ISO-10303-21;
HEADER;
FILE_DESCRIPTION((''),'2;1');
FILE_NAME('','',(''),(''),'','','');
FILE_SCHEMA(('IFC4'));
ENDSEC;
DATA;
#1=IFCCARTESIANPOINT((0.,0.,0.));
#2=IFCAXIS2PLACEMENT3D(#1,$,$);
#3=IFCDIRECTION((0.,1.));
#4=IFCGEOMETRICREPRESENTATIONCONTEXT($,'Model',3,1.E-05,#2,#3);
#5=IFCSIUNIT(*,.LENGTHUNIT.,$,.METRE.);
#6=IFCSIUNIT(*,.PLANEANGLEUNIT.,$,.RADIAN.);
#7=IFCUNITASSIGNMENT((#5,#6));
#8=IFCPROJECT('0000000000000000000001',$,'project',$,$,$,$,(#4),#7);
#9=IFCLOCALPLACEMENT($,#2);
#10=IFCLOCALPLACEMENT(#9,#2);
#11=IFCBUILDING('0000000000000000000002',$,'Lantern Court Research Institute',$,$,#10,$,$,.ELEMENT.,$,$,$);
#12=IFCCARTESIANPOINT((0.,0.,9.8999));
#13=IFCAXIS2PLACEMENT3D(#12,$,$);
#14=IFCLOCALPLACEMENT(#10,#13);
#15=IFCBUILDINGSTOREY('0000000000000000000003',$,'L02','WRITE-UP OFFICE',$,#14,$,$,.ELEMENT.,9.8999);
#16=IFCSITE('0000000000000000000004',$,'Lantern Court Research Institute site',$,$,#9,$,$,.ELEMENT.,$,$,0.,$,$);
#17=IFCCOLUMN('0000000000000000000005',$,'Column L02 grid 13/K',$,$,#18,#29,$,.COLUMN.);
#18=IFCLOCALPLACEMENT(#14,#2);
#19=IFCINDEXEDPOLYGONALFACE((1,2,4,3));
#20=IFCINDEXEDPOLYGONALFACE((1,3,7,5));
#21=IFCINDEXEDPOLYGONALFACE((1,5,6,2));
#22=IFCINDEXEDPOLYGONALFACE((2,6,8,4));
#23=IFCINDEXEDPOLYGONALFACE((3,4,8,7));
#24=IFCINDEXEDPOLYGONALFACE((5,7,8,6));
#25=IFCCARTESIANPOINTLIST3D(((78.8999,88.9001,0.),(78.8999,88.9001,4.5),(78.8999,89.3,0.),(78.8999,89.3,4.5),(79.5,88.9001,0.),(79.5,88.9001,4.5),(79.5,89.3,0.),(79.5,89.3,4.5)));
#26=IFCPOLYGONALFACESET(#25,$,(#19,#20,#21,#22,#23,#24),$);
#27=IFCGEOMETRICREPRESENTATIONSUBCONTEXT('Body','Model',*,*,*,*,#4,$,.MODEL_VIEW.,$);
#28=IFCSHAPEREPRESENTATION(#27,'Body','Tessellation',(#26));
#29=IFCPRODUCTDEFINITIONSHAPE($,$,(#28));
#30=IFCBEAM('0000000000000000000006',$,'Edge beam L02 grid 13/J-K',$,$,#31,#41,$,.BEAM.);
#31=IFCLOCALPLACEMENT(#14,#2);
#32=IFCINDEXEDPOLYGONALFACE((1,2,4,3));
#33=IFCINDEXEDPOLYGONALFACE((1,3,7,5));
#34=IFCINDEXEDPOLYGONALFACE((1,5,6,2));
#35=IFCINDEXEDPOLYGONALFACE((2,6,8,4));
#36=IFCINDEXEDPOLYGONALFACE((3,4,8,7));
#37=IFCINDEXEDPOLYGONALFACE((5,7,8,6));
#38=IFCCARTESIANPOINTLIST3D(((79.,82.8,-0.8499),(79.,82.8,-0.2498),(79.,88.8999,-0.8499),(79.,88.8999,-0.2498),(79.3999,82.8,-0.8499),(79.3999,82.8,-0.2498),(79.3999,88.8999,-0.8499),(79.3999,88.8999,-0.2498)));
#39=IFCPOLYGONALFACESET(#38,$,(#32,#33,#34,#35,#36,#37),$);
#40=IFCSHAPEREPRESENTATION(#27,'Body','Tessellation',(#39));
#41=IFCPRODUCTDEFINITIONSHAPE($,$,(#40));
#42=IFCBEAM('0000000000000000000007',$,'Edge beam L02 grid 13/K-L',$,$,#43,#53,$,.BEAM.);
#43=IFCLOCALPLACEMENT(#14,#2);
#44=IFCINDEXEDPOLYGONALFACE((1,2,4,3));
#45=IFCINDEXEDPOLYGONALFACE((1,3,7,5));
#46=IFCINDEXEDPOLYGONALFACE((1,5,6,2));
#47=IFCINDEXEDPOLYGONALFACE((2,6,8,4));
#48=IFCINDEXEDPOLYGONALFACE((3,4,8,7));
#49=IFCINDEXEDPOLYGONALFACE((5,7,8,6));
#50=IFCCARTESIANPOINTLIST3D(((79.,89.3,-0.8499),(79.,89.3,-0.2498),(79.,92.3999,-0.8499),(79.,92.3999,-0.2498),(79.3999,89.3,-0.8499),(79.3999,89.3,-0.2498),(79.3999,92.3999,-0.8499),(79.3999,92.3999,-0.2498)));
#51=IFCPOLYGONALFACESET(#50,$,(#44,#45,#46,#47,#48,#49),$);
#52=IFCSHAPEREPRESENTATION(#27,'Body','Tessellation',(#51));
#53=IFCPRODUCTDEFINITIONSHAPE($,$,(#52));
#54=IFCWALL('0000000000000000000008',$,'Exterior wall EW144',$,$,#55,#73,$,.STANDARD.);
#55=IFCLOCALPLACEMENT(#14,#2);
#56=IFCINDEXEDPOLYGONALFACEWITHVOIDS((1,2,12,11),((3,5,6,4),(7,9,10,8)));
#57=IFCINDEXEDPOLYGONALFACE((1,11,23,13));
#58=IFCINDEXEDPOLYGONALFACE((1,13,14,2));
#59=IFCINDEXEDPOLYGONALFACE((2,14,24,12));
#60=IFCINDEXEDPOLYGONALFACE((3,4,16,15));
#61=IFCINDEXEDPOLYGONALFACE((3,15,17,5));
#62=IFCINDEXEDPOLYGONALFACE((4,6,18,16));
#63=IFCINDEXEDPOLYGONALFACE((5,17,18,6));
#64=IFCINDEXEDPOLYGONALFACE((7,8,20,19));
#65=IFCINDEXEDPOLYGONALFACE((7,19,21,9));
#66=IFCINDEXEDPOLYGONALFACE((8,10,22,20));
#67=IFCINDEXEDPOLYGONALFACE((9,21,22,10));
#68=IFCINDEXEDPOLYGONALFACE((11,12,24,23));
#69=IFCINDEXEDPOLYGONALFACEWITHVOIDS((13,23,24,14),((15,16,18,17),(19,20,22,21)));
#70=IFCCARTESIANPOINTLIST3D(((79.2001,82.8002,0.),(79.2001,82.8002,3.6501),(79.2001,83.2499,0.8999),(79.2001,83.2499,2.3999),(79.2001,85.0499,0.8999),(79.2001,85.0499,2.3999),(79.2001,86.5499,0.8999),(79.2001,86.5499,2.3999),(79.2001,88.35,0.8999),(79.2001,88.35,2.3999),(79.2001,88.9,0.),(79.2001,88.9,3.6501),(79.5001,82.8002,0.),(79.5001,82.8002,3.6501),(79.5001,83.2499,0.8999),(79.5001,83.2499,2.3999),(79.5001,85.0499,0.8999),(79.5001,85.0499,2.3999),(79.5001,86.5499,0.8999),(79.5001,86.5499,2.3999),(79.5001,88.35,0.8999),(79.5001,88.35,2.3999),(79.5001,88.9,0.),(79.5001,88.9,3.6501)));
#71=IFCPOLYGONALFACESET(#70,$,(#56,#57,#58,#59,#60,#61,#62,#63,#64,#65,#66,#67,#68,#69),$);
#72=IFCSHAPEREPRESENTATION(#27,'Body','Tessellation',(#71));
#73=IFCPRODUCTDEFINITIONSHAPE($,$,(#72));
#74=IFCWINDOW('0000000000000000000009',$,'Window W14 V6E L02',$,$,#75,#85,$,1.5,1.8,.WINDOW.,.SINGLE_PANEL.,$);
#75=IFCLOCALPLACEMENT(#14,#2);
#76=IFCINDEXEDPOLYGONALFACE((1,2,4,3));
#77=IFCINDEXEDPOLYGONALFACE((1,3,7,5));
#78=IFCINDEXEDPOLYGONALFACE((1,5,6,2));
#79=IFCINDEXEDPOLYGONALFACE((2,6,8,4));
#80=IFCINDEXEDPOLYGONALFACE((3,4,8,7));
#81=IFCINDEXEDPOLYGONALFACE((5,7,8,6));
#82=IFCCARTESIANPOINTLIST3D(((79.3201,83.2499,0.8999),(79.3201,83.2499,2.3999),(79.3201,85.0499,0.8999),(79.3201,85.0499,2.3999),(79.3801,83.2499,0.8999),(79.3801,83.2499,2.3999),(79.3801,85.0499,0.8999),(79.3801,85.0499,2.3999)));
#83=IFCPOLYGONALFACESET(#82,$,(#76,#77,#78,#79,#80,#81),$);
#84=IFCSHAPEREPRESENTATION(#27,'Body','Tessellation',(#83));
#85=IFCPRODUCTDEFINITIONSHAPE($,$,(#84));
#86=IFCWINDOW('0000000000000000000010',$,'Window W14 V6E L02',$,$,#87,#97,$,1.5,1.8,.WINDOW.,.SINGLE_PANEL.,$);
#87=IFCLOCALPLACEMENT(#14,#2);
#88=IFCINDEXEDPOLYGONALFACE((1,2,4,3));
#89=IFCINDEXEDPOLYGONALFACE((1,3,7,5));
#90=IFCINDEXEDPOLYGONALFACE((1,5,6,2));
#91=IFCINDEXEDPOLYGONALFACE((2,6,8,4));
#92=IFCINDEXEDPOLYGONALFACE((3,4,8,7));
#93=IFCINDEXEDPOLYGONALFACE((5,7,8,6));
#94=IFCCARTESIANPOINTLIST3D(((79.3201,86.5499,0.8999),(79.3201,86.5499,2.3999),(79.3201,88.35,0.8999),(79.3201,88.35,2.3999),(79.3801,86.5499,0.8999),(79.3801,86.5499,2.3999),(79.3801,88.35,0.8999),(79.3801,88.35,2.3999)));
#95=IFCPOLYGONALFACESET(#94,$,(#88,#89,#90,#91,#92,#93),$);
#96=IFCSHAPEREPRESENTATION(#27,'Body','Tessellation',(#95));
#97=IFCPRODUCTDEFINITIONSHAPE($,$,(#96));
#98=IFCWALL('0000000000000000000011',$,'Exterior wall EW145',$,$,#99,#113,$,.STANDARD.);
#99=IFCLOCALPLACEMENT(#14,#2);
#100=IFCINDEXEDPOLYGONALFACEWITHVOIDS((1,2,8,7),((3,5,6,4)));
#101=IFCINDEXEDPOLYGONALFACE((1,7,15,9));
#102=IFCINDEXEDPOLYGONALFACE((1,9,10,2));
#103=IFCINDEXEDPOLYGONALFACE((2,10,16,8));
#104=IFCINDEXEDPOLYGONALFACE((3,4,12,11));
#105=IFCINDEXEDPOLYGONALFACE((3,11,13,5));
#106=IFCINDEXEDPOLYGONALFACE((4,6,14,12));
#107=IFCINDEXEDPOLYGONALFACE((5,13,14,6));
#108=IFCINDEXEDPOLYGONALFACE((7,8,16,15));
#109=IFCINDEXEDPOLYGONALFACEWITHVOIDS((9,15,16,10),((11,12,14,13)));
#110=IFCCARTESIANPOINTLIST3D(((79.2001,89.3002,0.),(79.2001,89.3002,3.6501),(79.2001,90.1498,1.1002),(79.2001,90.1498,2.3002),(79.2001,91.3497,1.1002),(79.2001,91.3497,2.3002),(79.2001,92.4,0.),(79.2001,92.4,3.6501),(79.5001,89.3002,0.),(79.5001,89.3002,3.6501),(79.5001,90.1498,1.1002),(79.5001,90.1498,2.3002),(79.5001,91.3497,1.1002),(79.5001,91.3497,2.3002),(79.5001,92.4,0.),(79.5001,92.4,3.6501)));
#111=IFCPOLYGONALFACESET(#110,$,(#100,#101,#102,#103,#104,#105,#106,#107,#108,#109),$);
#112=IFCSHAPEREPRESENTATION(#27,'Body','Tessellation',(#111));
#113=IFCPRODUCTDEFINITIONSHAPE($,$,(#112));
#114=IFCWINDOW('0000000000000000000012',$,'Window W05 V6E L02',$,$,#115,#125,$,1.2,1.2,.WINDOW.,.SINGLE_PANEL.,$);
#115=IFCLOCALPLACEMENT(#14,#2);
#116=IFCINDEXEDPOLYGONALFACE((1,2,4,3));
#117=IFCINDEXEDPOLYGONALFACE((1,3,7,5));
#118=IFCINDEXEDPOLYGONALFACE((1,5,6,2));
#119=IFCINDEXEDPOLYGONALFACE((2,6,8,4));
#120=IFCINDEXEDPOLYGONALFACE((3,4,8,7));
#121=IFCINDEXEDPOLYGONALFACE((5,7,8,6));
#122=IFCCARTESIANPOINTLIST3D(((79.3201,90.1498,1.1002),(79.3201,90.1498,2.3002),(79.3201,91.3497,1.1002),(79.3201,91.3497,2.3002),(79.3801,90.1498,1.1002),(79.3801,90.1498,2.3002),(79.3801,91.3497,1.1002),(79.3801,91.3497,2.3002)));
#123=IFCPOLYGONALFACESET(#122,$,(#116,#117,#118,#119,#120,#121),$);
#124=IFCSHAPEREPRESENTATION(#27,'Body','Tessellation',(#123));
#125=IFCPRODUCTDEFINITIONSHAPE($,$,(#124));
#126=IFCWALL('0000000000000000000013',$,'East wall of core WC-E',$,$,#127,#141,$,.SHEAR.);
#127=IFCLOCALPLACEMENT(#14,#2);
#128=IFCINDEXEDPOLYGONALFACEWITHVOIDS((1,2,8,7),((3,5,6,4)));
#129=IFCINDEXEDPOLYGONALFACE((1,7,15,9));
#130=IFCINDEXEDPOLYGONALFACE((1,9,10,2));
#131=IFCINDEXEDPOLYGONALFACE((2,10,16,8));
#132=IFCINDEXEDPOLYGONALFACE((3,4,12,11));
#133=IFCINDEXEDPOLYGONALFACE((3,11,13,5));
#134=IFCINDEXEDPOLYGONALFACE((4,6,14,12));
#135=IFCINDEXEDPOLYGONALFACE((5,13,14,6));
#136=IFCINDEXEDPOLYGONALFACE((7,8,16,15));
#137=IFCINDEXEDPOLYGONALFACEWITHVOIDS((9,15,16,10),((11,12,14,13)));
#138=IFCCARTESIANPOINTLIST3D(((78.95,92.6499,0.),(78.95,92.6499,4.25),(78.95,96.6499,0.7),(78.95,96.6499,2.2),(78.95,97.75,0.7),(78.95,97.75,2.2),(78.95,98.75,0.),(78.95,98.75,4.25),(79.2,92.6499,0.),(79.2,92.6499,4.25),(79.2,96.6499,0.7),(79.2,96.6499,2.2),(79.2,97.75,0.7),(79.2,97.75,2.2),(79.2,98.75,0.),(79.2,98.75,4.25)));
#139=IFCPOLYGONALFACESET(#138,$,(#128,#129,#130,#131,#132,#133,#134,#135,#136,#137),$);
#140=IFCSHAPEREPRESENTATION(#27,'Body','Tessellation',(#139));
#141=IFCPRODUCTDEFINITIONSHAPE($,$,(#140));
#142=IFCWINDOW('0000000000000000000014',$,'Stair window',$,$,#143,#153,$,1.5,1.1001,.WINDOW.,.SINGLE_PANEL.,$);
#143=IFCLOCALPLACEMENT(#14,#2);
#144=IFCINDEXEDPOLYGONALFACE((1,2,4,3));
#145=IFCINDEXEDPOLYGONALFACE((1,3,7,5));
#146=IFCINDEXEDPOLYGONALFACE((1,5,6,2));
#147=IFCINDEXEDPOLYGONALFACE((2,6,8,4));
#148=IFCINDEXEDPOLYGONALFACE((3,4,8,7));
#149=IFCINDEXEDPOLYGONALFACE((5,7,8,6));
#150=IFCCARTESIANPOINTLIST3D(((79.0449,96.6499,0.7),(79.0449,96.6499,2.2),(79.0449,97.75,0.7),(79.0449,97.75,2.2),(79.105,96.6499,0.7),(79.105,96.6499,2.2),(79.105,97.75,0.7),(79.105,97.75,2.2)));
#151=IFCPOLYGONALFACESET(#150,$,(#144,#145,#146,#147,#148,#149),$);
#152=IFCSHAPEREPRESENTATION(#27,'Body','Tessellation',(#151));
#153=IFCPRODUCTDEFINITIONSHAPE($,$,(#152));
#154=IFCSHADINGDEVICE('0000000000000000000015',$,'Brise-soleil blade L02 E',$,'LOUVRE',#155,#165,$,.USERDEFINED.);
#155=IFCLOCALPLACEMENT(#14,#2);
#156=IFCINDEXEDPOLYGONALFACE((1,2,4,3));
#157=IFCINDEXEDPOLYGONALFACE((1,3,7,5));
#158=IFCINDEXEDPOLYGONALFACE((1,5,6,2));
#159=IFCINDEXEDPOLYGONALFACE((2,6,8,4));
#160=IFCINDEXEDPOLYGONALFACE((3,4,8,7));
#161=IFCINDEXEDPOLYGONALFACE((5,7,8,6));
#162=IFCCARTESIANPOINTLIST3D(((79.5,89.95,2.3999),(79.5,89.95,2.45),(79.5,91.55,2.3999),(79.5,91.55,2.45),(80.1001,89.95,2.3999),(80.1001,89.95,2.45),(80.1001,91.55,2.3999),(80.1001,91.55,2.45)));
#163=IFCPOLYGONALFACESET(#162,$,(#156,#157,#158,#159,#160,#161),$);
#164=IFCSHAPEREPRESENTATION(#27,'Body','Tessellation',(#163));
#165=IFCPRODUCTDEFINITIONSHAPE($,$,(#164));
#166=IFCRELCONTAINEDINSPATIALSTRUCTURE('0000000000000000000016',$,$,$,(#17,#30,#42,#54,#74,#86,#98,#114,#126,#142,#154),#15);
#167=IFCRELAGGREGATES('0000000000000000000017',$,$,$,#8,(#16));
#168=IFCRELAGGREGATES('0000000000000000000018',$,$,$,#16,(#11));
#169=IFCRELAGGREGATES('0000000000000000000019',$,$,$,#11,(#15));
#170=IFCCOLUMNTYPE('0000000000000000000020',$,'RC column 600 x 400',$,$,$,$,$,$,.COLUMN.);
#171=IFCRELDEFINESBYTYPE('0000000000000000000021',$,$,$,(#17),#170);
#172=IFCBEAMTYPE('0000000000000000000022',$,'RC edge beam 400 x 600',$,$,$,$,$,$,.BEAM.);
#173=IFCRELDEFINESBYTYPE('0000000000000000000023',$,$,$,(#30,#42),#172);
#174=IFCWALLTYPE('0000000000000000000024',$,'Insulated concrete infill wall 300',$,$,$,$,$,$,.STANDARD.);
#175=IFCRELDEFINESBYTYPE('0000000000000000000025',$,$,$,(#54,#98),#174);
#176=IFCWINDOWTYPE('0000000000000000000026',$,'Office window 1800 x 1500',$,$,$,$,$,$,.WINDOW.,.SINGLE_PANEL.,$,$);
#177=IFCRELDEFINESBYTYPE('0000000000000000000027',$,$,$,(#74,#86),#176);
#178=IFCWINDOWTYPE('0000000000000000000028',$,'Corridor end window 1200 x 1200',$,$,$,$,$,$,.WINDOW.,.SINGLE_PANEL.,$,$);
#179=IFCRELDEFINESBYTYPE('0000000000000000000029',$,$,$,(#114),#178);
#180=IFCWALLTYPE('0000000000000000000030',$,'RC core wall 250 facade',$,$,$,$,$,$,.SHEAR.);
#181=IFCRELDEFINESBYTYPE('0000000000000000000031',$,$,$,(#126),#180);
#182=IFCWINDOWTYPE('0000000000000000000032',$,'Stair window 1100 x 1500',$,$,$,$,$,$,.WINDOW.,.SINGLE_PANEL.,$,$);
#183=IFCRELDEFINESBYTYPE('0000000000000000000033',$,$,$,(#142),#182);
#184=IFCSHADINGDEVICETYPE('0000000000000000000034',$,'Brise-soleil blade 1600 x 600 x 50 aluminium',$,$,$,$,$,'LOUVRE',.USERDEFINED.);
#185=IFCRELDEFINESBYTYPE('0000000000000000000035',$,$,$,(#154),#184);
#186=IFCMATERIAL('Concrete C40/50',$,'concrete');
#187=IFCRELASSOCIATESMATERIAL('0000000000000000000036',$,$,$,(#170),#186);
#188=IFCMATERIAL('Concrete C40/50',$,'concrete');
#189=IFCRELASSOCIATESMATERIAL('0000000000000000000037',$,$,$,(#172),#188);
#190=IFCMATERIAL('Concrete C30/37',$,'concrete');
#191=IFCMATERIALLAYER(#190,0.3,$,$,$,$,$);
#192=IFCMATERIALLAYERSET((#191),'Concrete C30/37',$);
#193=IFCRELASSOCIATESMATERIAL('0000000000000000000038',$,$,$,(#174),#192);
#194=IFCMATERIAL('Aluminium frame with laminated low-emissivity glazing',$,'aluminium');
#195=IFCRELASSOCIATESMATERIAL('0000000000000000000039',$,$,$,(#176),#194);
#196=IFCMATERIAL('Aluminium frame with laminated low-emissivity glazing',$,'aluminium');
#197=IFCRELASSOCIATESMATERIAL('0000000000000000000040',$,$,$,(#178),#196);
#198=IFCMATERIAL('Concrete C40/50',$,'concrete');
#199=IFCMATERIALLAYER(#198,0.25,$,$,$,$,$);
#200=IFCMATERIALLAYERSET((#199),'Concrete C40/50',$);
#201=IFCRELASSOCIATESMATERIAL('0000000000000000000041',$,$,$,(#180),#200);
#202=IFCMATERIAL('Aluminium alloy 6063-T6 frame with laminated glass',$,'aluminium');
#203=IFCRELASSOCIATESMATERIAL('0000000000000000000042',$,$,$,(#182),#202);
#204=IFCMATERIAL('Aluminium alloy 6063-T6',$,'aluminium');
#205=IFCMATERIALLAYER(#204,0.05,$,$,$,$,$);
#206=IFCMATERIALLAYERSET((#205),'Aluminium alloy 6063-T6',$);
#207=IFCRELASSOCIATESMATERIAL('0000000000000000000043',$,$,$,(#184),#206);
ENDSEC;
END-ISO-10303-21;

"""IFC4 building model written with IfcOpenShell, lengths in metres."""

from ifc_helpers import new_model, si_unit, direction, frame, frame_2d, origin, origin_2d, place, context, subcontext, project, spatial, rectangle, extrude, material, layer, layer_set, material_profile, profile_set, type_object, element, fill, save


model = new_model("IFC4")

# Units and contexts
model_context = context("Model", 3, precision=1e-05, world=origin(), true_north=direction((0.0, 1.0)))
body_context = subcontext(model_context, "Body", "Model", "MODEL_VIEW")
ifc_project = project(units=[si_unit("LENGTHUNIT", "METRE"), si_unit("PLANEANGLEUNIT", "RADIAN")], contexts=[model_context])

# Site, building, storey
site_placement = place(None, origin())
site = spatial("IfcSite", under=ifc_project, at=site_placement, Name="Lantern Court Research Institute site", CompositionType="ELEMENT", RefElevation=0.0)
building_placement = place(site_placement, origin())
building = spatial("IfcBuilding", under=site, at=building_placement, Name="Lantern Court Research Institute", CompositionType="ELEMENT")
storey_placement = place(building_placement, frame((0.0, 0.0, 9.8999)))
storey = spatial("IfcBuildingStorey", under=building, at=storey_placement, Name="L02", Description="WRITE-UP OFFICE", CompositionType="ELEMENT", Elevation=9.8999)

# Column
ifc_material_1 = material(Name="Concrete C40/50", Category="concrete")
ifc_material_profile_1 = material_profile(ifc_material_1, rectangle(XDim=0.6001, YDim=0.3999, at=origin_2d()), Name="RC column 600 x 400")
ifc_profile_set_1 = profile_set([ifc_material_profile_1], Name="Concrete C40/50")
column_type = type_object("IfcColumnType", Name="RC column 600 x 400", PredefinedType="COLUMN", material=ifc_profile_set_1)
column_placement = place(storey_placement, frame((79.2, 89.1001, 0.0), z_axis=(0.0, 0.0, 1.0), x_axis=(1.0, 0.0, 0.0)))
element("IfcColumn", 1, at=column_placement, inside=storey, type_object=column_type, Name="Column L02 grid 13/K", PredefinedType="COLUMN", context=body_context, shape_type="SweptSolid", body=[
    extrude(rectangle(XDim=0.6001, YDim=0.3999, at=origin_2d()), origin(), (0.0, 0.0, 1.0), 4.5),
])

# Beams
ifc_material_2 = material(Name="Concrete C40/50", Category="concrete")
ifc_material_profile_2 = material_profile(ifc_material_2, rectangle(XDim=0.3999, YDim=0.6001, at=origin_2d()), Name="RC beam 400 x 600")
ifc_profile_set_2 = profile_set([ifc_material_profile_2], Name="Concrete C40/50")
beam_type = type_object("IfcBeamType", Name="RC edge beam 400 x 600", PredefinedType="BEAM", material=ifc_profile_set_2)
beam_1_placement = place(storey_placement, frame((79.2, 82.8, -0.5498), z_axis=(0.0, 1.0, 0.0), x_axis=(-1.0, 0.0, 0.0)))
element("IfcBeam", 2, at=beam_1_placement, inside=storey, type_object=beam_type, Name="Edge beam L02 grid 13/J-K", PredefinedType="BEAM", context=body_context, shape_type="SweptSolid", body=[
    extrude(rectangle(XDim=0.3999, YDim=0.6001, at=origin_2d()), origin(), (0.0, 0.0, 1.0), 6.0999),
])
beam_2_placement = place(storey_placement, frame((79.2, 89.3, -0.5498), z_axis=(0.0, 1.0, 0.0), x_axis=(-1.0, 0.0, 0.0)))
element("IfcBeam", 3, at=beam_2_placement, inside=storey, type_object=beam_type, Name="Edge beam L02 grid 13/K-L", PredefinedType="BEAM", context=body_context, shape_type="SweptSolid", body=[
    extrude(rectangle(XDim=0.3999, YDim=0.6001, at=origin_2d()), origin(), (0.0, 0.0, 1.0), 3.0999),
])

# Wall, openings, windows
ifc_material_3 = material(Name="Concrete C30/37", Category="concrete")
ifc_layer_1 = layer(ifc_material_3, 0.3)
ifc_layer_set_1 = layer_set([ifc_layer_1], Name="Concrete C30/37")
wall_type_1 = type_object("IfcWallType", Name="Insulated concrete infill wall 300", PredefinedType="STANDARD", material=ifc_layer_set_1)
wall_1_placement = place(storey_placement, frame((79.3501, 88.8999, 0.0), z_axis=(0.0, 0.0, 1.0), x_axis=(0.0, -1.0, 0.0)))
wall_1 = element("IfcWall", 4, at=wall_1_placement, inside=storey, type_object=wall_type_1, Name="Exterior wall EW144", PredefinedType="STANDARD", context=body_context, shape_type="SweptSolid", body=[
    extrude(rectangle(XDim=6.0999, YDim=0.3, at=frame_2d((3.0498, 0.0))), origin(), (0.0, 0.0, 1.0), 3.6501),
])
opening_1_placement = place(wall_1_placement, frame((3.8501, 0.0, 0.8999)))
opening_1 = element("IfcOpeningElement", 5, at=opening_1_placement, cuts=wall_1, PredefinedType="OPENING", context=body_context, shape_type="SweptSolid", body=[
    extrude(rectangle(XDim=1.8, YDim=1.5, at=frame_2d((0.8999, 0.75))), frame((0.0, 0.1599, 0.0), z_axis=(0.0, -1.0, 0.0), x_axis=(1.0, 0.0, 0.0)), (0.0, 0.0, 1.0), 0.3201),
])
opening_2_placement = place(wall_1_placement, frame((0.55, 0.0, 0.8999)))
opening_2 = element("IfcOpeningElement", 6, at=opening_2_placement, cuts=wall_1, PredefinedType="OPENING", context=body_context, shape_type="SweptSolid", body=[
    extrude(rectangle(XDim=1.8, YDim=1.5, at=frame_2d((0.8999, 0.75))), frame((0.0, 0.1599, 0.0), z_axis=(0.0, -1.0, 0.0), x_axis=(1.0, 0.0, 0.0)), (0.0, 0.0, 1.0), 0.3201),
])
ifc_material_4 = material(Name="Aluminium frame with laminated low-emissivity glazing", Category="aluminium")
window_type_1 = type_object("IfcWindowType", Name="Office window 1800 x 1500", PartitioningType="SINGLE_PANEL", PredefinedType="WINDOW", material=ifc_material_4)
window_1_placement = place(opening_1_placement, origin())
window_1 = element("IfcWindow", 7, at=window_1_placement, inside=storey, type_object=window_type_1, Name="Window W14 V6E L02", OverallHeight=1.5, OverallWidth=1.8, PartitioningType="SINGLE_PANEL", PredefinedType="WINDOW", context=body_context, shape_type="SweptSolid", body=[
    extrude(rectangle(XDim=1.8, YDim=1.5, at=frame_2d((0.8999, 0.75))), frame((0.0, 0.03, 0.0), z_axis=(0.0, -1.0, 0.0), x_axis=(1.0, 0.0, 0.0)), (0.0, 0.0, 1.0), 0.0601),
])
fill(opening_1, window_1)
window_2_placement = place(opening_2_placement, origin())
window_2 = element("IfcWindow", 8, at=window_2_placement, inside=storey, type_object=window_type_1, Name="Window W14 V6E L02", OverallHeight=1.5, OverallWidth=1.8, PartitioningType="SINGLE_PANEL", PredefinedType="WINDOW", context=body_context, shape_type="SweptSolid", body=[
    extrude(rectangle(XDim=1.8, YDim=1.5, at=frame_2d((0.8999, 0.75))), frame((0.0, 0.03, 0.0), z_axis=(0.0, -1.0, 0.0), x_axis=(1.0, 0.0, 0.0)), (0.0, 0.0, 1.0), 0.0601),
])
fill(opening_2, window_2)

# Walls, openings, windows
wall_2_placement = place(storey_placement, frame((79.3501, 92.3999, 0.0), z_axis=(0.0, 0.0, 1.0), x_axis=(0.0, -1.0, 0.0)))
wall_2 = element("IfcWall", 9, at=wall_2_placement, inside=storey, type_object=wall_type_1, Name="Exterior wall EW145", PredefinedType="STANDARD", context=body_context, shape_type="SweptSolid", body=[
    extrude(rectangle(XDim=3.0999, YDim=0.3, at=frame_2d((1.5498, 0.0))), origin(), (0.0, 0.0, 1.0), 3.6501),
])
opening_3_placement = place(wall_2_placement, frame((1.05, 0.0, 1.1001)))
opening_3 = element("IfcOpeningElement", 10, at=opening_3_placement, cuts=wall_2, PredefinedType="OPENING", context=body_context, shape_type="SweptSolid", body=[
    extrude(rectangle(XDim=1.2, YDim=1.2, at=frame_2d((0.6001, 0.6001))), frame((0.0, 0.1599, 0.0), z_axis=(0.0, -1.0, 0.0), x_axis=(1.0, 0.0, 0.0)), (0.0, 0.0, 1.0), 0.3201),
])
ifc_material_5 = material(Name="Aluminium frame with laminated low-emissivity glazing", Category="aluminium")
window_type_2 = type_object("IfcWindowType", Name="Corridor end window 1200 x 1200", PartitioningType="SINGLE_PANEL", PredefinedType="WINDOW", material=ifc_material_5)
window_3_placement = place(opening_3_placement, origin())
window_3 = element("IfcWindow", 11, at=window_3_placement, inside=storey, type_object=window_type_2, Name="Window W05 V6E L02", OverallHeight=1.2, OverallWidth=1.2, PartitioningType="SINGLE_PANEL", PredefinedType="WINDOW", context=body_context, shape_type="SweptSolid", body=[
    extrude(rectangle(XDim=1.2, YDim=1.2, at=frame_2d((0.6001, 0.6001))), frame((0.0, 0.03, 0.0), z_axis=(0.0, -1.0, 0.0), x_axis=(1.0, 0.0, 0.0)), (0.0, 0.0, 1.0), 0.0601),
])
fill(opening_3, window_3)
ifc_material_6 = material(Name="Concrete C40/50", Category="concrete")
ifc_layer_2 = layer(ifc_material_6, 0.25)
ifc_layer_set_2 = layer_set([ifc_layer_2], Name="Concrete C40/50")
wall_type_2 = type_object("IfcWallType", Name="RC core wall 250 facade", PredefinedType="SHEAR", material=ifc_layer_set_2)
wall_3_placement = place(storey_placement, frame((79.075, 92.6499, 0.0), z_axis=(0.0, 0.0, 1.0), x_axis=(0.0, 1.0, 0.0)))
wall_3 = element("IfcWall", 12, at=wall_3_placement, inside=storey, type_object=wall_type_2, Name="East wall of core WC-E", PredefinedType="SHEAR", context=body_context, shape_type="SweptSolid", body=[
    extrude(rectangle(XDim=6.1001, YDim=0.25, at=frame_2d((3.05, 0.0))), origin(), (0.0, 0.0, 1.0), 4.25),
])
opening_4_placement = place(wall_3_placement, frame((4.0, 0.0, 0.7)))
opening_4 = element("IfcOpeningElement", 13, at=opening_4_placement, cuts=wall_3, PredefinedType="OPENING", context=body_context, shape_type="SweptSolid", body=[
    extrude(rectangle(XDim=1.1001, YDim=1.5, at=frame_2d((0.55, 0.75))), frame((0.0, 0.135, 0.0), z_axis=(0.0, -1.0, 0.0), x_axis=(1.0, 0.0, 0.0)), (0.0, 0.0, 1.0), 0.27),
])
ifc_material_7 = material(Name="Aluminium alloy 6063-T6 frame with laminated glass", Category="aluminium")
window_type_3 = type_object("IfcWindowType", Name="Stair window 1100 x 1500", PartitioningType="SINGLE_PANEL", PredefinedType="WINDOW", material=ifc_material_7)
window_4_placement = place(opening_4_placement, origin())
window_4 = element("IfcWindow", 14, at=window_4_placement, inside=storey, type_object=window_type_3, Name="Stair window", OverallHeight=1.5, OverallWidth=1.1001, PartitioningType="SINGLE_PANEL", PredefinedType="WINDOW", context=body_context, shape_type="SweptSolid", body=[
    extrude(rectangle(XDim=1.1001, YDim=1.5, at=frame_2d((0.55, 0.75))), frame((0.0, 0.03, 0.0), z_axis=(0.0, -1.0, 0.0), x_axis=(1.0, 0.0, 0.0)), (0.0, 0.0, 1.0), 0.0601),
])
fill(opening_4, window_4)

# Shading device
ifc_material_8 = material(Name="Aluminium alloy 6063-T6", Category="aluminium")
ifc_layer_3 = layer(ifc_material_8, 0.05)
ifc_layer_set_3 = layer_set([ifc_layer_3], Name="Aluminium alloy 6063-T6")
shading_device_type_1 = type_object("IfcShadingDeviceType", Name="Brise-soleil blade 1600 x 600 x 50 aluminium", ElementType="LOUVRE", PredefinedType="USERDEFINED", material=ifc_layer_set_3)
shading_device_placement = place(storey_placement, frame((79.8, 90.75, 2.3999), z_axis=(0.0, 0.0, 1.0), x_axis=(0.0, -1.0, 0.0)))
element("IfcShadingDevice", 15, at=shading_device_placement, inside=storey, type_object=shading_device_type_1, Name="Brise-soleil blade L02 E", ObjectType="LOUVRE", PredefinedType="USERDEFINED", context=body_context, shape_type="SweptSolid", body=[
    extrude(rectangle(XDim=1.6001, YDim=0.6001, at=origin_2d()), origin(), (0.0, 0.0, 1.0), 0.05),
])

save(model, "model.ifc")
